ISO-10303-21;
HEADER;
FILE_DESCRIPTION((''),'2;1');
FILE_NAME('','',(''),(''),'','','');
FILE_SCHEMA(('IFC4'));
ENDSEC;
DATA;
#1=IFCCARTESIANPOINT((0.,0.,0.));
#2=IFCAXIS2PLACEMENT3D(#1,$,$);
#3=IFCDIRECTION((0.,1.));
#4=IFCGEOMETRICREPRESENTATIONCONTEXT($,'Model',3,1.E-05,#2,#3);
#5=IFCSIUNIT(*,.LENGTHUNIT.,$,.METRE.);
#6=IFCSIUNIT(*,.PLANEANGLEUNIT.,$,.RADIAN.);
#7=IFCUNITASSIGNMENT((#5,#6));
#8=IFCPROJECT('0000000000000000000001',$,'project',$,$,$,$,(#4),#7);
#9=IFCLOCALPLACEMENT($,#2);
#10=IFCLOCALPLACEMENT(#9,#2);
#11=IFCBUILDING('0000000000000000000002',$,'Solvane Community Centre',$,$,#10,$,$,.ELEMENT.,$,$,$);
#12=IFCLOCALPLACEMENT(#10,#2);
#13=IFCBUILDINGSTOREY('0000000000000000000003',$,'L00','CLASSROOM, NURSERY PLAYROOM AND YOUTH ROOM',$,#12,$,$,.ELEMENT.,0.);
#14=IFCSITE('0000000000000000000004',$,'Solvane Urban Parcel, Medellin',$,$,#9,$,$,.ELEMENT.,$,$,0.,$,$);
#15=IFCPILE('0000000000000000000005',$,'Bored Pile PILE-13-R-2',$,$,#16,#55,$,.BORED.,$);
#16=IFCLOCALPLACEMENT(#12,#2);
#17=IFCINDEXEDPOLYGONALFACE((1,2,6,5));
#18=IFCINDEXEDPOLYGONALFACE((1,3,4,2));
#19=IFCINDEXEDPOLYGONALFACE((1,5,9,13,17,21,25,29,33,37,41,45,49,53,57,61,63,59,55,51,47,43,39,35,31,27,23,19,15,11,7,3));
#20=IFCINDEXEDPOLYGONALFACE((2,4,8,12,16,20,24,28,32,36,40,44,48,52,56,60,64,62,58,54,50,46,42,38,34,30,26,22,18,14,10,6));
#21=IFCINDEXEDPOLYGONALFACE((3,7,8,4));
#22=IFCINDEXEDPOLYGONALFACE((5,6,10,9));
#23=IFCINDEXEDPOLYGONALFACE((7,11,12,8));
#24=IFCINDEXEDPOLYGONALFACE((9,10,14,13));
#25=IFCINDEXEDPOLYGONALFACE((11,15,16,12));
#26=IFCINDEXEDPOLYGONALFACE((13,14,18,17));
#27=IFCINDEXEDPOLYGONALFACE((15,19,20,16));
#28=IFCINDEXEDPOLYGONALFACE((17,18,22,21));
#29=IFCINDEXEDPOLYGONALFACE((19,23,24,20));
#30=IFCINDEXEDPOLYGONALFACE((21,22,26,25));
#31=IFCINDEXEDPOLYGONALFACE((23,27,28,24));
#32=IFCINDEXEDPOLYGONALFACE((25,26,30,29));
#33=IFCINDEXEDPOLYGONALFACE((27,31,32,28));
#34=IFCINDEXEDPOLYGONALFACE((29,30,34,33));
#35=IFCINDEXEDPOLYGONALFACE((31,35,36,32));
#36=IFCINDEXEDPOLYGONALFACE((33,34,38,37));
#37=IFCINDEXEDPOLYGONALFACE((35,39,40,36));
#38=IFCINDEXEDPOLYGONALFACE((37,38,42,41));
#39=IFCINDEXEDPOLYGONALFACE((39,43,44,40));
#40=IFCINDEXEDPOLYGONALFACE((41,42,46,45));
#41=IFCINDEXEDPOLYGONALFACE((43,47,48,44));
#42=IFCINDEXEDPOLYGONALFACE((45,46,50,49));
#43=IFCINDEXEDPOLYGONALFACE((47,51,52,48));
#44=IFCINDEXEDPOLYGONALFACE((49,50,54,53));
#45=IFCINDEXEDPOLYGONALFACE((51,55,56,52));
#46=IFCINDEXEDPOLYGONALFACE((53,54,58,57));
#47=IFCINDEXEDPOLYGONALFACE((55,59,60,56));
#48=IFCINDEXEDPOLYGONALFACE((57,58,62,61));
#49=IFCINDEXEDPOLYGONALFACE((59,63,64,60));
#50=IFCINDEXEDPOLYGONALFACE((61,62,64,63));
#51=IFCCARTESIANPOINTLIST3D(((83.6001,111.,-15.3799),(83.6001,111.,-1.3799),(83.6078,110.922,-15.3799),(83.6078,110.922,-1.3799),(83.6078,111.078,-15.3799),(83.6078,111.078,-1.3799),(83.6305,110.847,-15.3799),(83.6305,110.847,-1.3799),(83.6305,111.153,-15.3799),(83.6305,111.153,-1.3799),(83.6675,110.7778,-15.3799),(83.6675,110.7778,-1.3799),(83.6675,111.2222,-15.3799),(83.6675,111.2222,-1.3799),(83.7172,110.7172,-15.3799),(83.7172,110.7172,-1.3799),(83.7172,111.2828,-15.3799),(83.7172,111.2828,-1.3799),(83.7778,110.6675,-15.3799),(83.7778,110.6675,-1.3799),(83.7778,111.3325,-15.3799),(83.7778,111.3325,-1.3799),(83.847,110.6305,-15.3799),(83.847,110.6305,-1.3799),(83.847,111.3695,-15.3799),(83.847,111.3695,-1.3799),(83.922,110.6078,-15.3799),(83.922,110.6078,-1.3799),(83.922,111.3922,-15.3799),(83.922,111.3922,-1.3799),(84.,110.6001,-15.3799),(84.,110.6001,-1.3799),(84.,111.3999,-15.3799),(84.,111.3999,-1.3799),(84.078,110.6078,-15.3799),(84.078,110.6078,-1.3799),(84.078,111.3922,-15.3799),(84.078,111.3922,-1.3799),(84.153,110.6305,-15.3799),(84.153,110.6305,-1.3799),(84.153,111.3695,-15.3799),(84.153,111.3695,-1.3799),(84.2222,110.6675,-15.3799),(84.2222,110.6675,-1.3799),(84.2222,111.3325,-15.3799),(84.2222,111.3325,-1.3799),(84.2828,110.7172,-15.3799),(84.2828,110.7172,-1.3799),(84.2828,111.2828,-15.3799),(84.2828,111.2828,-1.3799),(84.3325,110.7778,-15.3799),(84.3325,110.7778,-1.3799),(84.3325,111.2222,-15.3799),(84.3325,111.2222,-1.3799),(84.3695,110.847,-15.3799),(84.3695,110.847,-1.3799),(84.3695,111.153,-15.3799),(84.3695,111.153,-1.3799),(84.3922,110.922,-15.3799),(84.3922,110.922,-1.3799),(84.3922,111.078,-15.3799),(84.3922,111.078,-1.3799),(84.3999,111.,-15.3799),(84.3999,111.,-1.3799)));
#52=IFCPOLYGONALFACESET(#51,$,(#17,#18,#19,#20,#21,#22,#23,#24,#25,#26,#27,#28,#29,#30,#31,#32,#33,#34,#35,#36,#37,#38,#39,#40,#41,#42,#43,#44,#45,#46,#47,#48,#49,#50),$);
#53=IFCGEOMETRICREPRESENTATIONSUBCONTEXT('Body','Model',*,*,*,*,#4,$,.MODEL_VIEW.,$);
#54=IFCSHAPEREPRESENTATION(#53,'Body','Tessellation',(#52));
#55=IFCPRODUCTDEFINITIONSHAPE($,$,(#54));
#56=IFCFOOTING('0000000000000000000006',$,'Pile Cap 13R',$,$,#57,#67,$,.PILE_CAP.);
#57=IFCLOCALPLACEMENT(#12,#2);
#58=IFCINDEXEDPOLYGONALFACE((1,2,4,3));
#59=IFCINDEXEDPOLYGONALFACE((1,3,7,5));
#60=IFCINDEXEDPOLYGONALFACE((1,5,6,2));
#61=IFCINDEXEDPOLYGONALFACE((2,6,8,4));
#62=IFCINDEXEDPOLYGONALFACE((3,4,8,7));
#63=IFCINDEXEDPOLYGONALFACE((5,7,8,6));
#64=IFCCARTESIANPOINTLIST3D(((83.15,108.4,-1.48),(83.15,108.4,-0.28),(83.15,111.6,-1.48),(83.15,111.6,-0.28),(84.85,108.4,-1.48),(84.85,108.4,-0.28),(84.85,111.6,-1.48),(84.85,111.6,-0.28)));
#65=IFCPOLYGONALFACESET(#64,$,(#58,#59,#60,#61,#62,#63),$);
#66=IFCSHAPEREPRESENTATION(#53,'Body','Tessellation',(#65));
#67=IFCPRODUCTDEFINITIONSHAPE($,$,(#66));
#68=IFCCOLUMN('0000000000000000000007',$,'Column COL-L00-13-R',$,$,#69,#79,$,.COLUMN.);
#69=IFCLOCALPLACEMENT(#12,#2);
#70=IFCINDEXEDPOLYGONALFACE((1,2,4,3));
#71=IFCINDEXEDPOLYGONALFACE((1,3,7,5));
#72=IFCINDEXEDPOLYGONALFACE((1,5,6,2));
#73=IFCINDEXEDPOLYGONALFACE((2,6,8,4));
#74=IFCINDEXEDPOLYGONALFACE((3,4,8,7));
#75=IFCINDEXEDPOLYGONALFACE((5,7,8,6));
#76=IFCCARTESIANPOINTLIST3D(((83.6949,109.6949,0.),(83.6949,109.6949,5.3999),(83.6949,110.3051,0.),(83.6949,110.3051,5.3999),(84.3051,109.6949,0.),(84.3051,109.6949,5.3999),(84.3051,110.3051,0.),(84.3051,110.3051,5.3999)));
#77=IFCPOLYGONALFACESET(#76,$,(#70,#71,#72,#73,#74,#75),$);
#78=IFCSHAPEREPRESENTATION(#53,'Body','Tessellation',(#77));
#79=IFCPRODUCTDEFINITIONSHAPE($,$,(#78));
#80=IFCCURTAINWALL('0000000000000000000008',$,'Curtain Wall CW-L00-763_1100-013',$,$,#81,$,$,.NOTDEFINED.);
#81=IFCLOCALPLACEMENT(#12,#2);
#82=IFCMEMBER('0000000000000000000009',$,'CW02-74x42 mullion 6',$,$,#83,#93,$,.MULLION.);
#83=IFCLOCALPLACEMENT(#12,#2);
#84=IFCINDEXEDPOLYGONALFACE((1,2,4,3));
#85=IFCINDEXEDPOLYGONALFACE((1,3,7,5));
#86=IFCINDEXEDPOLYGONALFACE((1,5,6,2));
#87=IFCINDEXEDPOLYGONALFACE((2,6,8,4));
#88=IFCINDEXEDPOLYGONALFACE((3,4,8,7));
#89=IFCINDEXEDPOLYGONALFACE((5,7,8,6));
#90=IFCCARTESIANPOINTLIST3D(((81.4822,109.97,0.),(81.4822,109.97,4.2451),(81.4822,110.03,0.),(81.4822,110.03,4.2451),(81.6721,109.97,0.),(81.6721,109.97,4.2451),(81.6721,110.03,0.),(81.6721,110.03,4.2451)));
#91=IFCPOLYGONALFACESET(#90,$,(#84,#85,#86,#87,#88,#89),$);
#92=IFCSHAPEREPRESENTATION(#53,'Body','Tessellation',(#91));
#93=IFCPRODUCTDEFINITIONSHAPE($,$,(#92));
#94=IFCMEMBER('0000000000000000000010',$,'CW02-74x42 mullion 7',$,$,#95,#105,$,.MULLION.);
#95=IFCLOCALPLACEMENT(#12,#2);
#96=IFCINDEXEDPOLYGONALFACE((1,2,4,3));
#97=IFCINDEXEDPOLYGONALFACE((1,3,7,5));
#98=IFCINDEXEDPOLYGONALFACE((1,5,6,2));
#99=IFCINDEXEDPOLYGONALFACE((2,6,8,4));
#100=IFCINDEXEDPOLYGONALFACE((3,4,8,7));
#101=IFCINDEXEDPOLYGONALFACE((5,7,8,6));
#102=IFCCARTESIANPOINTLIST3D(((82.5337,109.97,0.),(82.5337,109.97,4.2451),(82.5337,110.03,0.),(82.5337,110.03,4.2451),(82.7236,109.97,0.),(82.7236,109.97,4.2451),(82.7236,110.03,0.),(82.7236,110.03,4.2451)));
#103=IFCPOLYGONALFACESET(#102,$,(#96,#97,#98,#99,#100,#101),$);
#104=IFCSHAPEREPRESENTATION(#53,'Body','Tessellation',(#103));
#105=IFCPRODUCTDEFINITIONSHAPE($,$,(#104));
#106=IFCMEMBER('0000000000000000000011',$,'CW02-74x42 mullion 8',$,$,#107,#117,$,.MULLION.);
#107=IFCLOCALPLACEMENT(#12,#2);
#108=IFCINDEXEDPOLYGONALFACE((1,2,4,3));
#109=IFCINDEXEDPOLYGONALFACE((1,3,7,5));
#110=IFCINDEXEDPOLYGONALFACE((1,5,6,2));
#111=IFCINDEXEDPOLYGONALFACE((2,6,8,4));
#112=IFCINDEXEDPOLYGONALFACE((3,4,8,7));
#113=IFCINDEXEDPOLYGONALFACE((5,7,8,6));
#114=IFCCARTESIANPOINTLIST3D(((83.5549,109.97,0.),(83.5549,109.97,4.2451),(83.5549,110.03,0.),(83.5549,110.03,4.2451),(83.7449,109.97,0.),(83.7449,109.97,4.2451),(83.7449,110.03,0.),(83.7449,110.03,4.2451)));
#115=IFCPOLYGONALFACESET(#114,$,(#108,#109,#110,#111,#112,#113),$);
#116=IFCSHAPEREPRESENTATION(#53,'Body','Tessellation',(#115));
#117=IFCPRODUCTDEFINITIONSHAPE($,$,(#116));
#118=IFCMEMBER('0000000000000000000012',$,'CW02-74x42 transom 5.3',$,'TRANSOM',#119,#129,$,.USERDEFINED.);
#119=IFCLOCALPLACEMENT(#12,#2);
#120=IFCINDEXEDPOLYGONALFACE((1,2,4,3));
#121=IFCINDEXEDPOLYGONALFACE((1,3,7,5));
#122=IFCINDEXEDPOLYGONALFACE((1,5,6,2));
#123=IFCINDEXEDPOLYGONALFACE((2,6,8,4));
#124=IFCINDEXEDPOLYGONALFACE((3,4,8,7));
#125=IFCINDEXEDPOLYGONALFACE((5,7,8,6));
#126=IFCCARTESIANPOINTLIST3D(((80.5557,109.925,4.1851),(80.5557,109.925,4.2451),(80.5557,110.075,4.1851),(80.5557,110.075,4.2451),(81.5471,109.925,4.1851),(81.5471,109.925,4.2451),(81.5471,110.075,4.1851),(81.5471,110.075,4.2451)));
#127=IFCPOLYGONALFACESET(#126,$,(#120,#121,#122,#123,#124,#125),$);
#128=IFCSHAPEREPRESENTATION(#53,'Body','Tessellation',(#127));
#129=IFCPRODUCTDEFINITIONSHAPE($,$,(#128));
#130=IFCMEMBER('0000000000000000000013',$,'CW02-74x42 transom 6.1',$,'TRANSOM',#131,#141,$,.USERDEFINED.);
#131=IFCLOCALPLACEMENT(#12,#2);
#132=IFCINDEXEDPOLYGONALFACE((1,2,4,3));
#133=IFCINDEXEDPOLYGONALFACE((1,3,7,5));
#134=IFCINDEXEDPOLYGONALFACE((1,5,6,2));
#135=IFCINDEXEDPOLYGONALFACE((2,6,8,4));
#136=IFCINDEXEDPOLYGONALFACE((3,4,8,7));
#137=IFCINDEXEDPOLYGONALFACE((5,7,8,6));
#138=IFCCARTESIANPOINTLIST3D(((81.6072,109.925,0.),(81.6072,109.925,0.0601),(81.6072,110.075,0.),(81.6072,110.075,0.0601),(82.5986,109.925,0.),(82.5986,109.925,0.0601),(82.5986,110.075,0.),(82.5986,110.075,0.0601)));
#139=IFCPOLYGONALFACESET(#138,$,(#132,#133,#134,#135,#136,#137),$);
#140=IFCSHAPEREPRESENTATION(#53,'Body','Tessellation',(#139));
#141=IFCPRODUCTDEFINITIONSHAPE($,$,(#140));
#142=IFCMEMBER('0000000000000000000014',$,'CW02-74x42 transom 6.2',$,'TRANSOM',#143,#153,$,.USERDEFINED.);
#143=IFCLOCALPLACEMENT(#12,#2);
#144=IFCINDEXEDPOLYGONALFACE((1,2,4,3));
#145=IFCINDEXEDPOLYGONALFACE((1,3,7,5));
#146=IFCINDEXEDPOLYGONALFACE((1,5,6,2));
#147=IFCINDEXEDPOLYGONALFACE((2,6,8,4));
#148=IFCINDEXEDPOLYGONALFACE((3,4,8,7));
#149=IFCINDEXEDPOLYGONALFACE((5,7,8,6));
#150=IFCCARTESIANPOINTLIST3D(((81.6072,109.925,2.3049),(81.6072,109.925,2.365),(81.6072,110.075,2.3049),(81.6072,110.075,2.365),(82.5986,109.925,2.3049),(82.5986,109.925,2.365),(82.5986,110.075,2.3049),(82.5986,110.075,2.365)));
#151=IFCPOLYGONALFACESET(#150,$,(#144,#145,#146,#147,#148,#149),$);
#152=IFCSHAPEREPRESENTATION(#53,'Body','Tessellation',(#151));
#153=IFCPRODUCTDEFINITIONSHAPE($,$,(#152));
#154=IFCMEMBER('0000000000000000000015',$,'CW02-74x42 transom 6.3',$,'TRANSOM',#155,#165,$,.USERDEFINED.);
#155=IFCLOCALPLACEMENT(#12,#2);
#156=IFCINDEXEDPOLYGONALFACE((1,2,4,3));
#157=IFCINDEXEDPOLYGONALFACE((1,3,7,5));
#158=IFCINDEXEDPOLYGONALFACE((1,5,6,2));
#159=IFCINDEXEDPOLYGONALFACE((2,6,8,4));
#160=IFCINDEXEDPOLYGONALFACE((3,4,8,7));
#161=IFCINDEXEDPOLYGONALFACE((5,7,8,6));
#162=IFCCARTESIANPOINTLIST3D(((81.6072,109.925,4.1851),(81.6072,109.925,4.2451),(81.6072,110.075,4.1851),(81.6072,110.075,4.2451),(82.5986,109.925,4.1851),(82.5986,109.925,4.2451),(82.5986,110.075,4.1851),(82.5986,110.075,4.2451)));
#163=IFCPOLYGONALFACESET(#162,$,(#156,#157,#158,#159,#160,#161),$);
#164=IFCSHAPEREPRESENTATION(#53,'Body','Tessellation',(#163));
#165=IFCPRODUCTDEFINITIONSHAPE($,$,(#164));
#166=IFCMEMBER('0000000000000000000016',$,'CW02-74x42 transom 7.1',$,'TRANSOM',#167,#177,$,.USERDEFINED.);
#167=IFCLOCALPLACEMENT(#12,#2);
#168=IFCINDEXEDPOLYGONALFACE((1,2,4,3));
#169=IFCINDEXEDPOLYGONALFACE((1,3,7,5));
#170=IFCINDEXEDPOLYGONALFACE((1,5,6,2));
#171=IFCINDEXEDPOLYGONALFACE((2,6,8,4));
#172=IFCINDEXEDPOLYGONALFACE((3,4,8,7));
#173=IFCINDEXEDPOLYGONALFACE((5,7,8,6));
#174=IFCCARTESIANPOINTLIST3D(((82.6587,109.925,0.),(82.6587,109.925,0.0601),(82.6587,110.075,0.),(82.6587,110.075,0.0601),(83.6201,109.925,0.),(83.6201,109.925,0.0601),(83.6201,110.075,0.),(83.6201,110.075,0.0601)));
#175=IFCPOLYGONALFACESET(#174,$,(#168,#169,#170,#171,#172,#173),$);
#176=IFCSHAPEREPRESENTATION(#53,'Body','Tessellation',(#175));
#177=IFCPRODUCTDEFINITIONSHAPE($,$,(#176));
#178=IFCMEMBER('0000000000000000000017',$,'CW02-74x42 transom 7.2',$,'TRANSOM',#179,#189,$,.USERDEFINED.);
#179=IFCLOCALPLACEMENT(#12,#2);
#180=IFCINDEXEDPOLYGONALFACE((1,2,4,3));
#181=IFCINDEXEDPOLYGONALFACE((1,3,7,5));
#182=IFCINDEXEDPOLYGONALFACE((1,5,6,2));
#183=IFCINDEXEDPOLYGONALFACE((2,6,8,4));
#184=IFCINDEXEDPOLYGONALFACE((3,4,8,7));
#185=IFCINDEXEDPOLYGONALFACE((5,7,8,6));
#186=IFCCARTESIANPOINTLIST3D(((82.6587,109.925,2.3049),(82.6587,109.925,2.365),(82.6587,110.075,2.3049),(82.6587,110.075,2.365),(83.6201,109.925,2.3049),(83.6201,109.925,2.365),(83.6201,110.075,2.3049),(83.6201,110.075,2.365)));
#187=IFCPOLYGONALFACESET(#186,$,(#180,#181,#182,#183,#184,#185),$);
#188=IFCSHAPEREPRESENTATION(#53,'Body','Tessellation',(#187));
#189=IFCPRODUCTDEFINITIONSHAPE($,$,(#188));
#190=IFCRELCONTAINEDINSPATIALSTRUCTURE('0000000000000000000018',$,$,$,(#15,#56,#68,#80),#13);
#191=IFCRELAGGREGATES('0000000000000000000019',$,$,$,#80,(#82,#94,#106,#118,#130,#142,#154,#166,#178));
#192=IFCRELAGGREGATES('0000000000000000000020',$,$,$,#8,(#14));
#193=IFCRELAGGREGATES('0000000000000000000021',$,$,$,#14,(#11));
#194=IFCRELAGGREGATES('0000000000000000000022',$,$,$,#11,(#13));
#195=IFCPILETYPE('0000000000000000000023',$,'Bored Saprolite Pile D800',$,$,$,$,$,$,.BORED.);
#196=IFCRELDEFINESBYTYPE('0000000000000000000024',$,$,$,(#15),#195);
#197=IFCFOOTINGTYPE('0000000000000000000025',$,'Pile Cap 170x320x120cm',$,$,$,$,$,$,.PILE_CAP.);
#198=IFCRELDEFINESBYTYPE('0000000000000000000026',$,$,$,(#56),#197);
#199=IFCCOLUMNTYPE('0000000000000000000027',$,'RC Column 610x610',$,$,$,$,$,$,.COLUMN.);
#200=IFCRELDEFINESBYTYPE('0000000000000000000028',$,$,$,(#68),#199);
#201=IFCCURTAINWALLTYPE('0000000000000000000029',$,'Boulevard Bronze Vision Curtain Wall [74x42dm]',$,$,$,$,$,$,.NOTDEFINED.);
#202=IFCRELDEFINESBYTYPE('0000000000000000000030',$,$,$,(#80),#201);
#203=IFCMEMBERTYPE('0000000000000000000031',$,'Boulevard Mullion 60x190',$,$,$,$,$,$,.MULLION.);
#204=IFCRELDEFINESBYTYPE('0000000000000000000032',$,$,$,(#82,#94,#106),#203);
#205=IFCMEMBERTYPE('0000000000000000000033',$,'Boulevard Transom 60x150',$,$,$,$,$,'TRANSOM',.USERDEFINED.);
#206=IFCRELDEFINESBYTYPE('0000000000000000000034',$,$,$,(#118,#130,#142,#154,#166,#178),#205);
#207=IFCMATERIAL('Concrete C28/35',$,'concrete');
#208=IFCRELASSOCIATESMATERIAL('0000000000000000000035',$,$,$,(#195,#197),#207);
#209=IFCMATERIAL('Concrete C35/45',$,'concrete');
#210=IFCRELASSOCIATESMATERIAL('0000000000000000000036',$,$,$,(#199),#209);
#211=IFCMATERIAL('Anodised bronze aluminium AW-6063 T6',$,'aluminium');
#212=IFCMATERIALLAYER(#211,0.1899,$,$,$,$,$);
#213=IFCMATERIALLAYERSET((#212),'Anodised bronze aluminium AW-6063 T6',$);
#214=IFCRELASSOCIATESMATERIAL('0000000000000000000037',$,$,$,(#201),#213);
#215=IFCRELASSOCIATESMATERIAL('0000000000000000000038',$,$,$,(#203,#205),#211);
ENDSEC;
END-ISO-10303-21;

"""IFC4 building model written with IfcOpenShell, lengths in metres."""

from ifc_helpers import new_model, si_unit, direction, frame, origin, origin_2d, place, context, subcontext, project, spatial, rectangle, circle, extrude, material, layer, layer_set, material_profile, profile_set, type_object, element, aggregate, save


model = new_model("IFC4")

# Units and contexts
model_context = context("Model", 3, precision=1e-05, world=origin(), true_north=direction((0.0, 1.0)))
body_context = subcontext(model_context, "Body", "Model", "MODEL_VIEW")
ifc_project = project(units=[si_unit("LENGTHUNIT", "METRE"), si_unit("PLANEANGLEUNIT", "RADIAN")], contexts=[model_context])

# Site, building, storey
site_placement = place(None, origin())
site = spatial("IfcSite", under=ifc_project, at=site_placement, Name="Solvane Urban Parcel, Medellin", CompositionType="ELEMENT", RefElevation=0.0)
building_placement = place(site_placement, origin())
building = spatial("IfcBuilding", under=site, at=building_placement, Name="Solvane Community Centre", CompositionType="ELEMENT")
storey_placement = place(building_placement, origin())
storey = spatial("IfcBuildingStorey", under=building, at=storey_placement, Name="L00", Description="CLASSROOM, NURSERY PLAYROOM AND YOUTH ROOM", CompositionType="ELEMENT", Elevation=0.0)

# Pile
ifc_material_1 = material(Name="Concrete C28/35", Category="concrete")
ifc_material_profile_1 = material_profile(ifc_material_1, circle(Radius=0.3999, at=origin_2d()), Name="PILE D800")
ifc_profile_set_1 = profile_set([ifc_material_profile_1], Name="Concrete C28/35")
pile_type = type_object("IfcPileType", Name="Bored Saprolite Pile D800", PredefinedType="BORED", material=ifc_profile_set_1)
pile_placement = place(storey_placement, frame((84.0, 111.0, -1.3799), z_axis=(0.0, 0.0, -1.0), x_axis=(1.0, 0.0, 0.0)))
element("IfcPile", 1, at=pile_placement, inside=storey, type_object=pile_type, Name="Bored Pile PILE-13-R-2", PredefinedType="BORED", context=body_context, shape_type="SweptSolid", body=[
    extrude(circle(Radius=0.3999, at=origin_2d()), origin(), (0.0, 0.0, 1.0), 14.0),
])

# Footing
footing_type = type_object("IfcFootingType", Name="Pile Cap 170x320x120cm", PredefinedType="PILE_CAP", material=ifc_material_1)
footing_placement = place(storey_placement, frame((84.0, 110.0, -1.48), z_axis=(0.0, 0.0, 1.0), x_axis=(1.0, 0.0, 0.0)))
element("IfcFooting", 2, at=footing_placement, inside=storey, type_object=footing_type, Name="Pile Cap 13R", PredefinedType="PILE_CAP", context=body_context, shape_type="SweptSolid", body=[
    extrude(rectangle(XDim=1.7, YDim=3.2, at=origin_2d()), origin(), (0.0, 0.0, 1.0), 1.2),
])

# Column
ifc_material_2 = material(Name="Concrete C35/45", Category="concrete")
ifc_material_profile_2 = material_profile(ifc_material_2, rectangle(XDim=0.6101, YDim=0.6101, at=origin_2d()), Name="RC 610x610")
ifc_profile_set_2 = profile_set([ifc_material_profile_2], Name="Concrete C35/45")
column_type = type_object("IfcColumnType", Name="RC Column 610x610", PredefinedType="COLUMN", material=ifc_profile_set_2)
column_placement = place(storey_placement, frame((84.0, 110.0, 0.0), z_axis=(0.0, 0.0, 1.0), x_axis=(1.0, 0.0, 0.0)))
element("IfcColumn", 3, at=column_placement, inside=storey, type_object=column_type, Name="Column COL-L00-13-R", PredefinedType="COLUMN", context=body_context, shape_type="SweptSolid", body=[
    extrude(rectangle(XDim=0.6101, YDim=0.6101, at=origin_2d()), origin(), (0.0, 0.0, 1.0), 5.3999),
])

# Curtain wall, members
ifc_material_3 = material(Name="Anodised bronze aluminium AW-6063 T6", Category="aluminium")
ifc_layer_1 = layer(ifc_material_3, 0.1899)
ifc_layer_set_1 = layer_set([ifc_layer_1], Name="Anodised bronze aluminium AW-6063 T6")
curtain_wall_type = type_object("IfcCurtainWallType", Name="Boulevard Bronze Vision Curtain Wall [74x42dm]", PredefinedType="NOTDEFINED", material=ifc_layer_set_1)
curtain_wall_placement = place(storey_placement, origin())
curtain_wall = element("IfcCurtainWall", 4, at=curtain_wall_placement, inside=storey, type_object=curtain_wall_type, Name="Curtain Wall CW-L00-763_1100-013", PredefinedType="NOTDEFINED")
ifc_material_profile_3 = material_profile(ifc_material_3, rectangle(XDim=0.0601, YDim=0.1899, at=origin_2d()), Name="CW-M 60x190")
ifc_profile_set_3 = profile_set([ifc_material_profile_3], Name="Anodised bronze aluminium AW-6063 T6")
member_type_1 = type_object("IfcMemberType", Name="Boulevard Mullion 60x190", PredefinedType="MULLION", material=ifc_profile_set_3)
member_1_placement = place(storey_placement, frame((81.5771, 110.0, 0.0), z_axis=(0.0, 0.0, 1.0), x_axis=(0.0, 1.0, 0.0)))
member_1 = element("IfcMember", 5, at=member_1_placement, type_object=member_type_1, Name="CW02-74x42 mullion 6", PredefinedType="MULLION", context=body_context, shape_type="SweptSolid", body=[
    extrude(rectangle(XDim=0.0601, YDim=0.1899, at=origin_2d()), origin(), (0.0, 0.0, 1.0), 4.2451),
])
member_2_placement = place(storey_placement, frame((82.6287, 110.0, 0.0), z_axis=(0.0, 0.0, 1.0), x_axis=(0.0, 1.0, 0.0)))
member_2 = element("IfcMember", 6, at=member_2_placement, type_object=member_type_1, Name="CW02-74x42 mullion 7", PredefinedType="MULLION", context=body_context, shape_type="SweptSolid", body=[
    extrude(rectangle(XDim=0.0601, YDim=0.1899, at=origin_2d()), origin(), (0.0, 0.0, 1.0), 4.2451),
])
member_3_placement = place(storey_placement, frame((83.6499, 110.0, 0.0), z_axis=(0.0, 0.0, 1.0), x_axis=(0.0, 1.0, 0.0)))
member_3 = element("IfcMember", 7, at=member_3_placement, type_object=member_type_1, Name="CW02-74x42 mullion 8", PredefinedType="MULLION", context=body_context, shape_type="SweptSolid", body=[
    extrude(rectangle(XDim=0.0601, YDim=0.1899, at=origin_2d()), origin(), (0.0, 0.0, 1.0), 4.2451),
])
ifc_material_profile_4 = material_profile(ifc_material_3, rectangle(XDim=0.1499, YDim=0.0601, at=origin_2d()), Name="CW-T 60x150")
ifc_profile_set_4 = profile_set([ifc_material_profile_4], Name="Anodised bronze aluminium AW-6063 T6")
member_type_2 = type_object("IfcMemberType", Name="Boulevard Transom 60x150", ElementType="TRANSOM", PredefinedType="USERDEFINED", material=ifc_profile_set_4)
member_4_placement = place(storey_placement, frame((80.5557, 110.0, 4.2151), z_axis=(1.0, 0.0, 0.0), x_axis=(0.0, 1.0, 0.0)))
member_4 = element("IfcMember", 8, at=member_4_placement, type_object=member_type_2, Name="CW02-74x42 transom 5.3", ObjectType="TRANSOM", PredefinedType="USERDEFINED", context=body_context, shape_type="SweptSolid", body=[
    extrude(rectangle(XDim=0.1499, YDim=0.0601, at=origin_2d()), origin(), (0.0, 0.0, 1.0), 0.9915),
])
member_5_placement = place(storey_placement, frame((81.6072, 110.0, 0.03), z_axis=(1.0, 0.0, 0.0), x_axis=(0.0, 1.0, 0.0)))
member_5 = element("IfcMember", 9, at=member_5_placement, type_object=member_type_2, Name="CW02-74x42 transom 6.1", ObjectType="TRANSOM", PredefinedType="USERDEFINED", context=body_context, shape_type="SweptSolid", body=[
    extrude(rectangle(XDim=0.1499, YDim=0.0601, at=origin_2d()), origin(), (0.0, 0.0, 1.0), 0.9915),
])
member_6_placement = place(storey_placement, frame((81.6072, 110.0, 2.335), z_axis=(1.0, 0.0, 0.0), x_axis=(0.0, 1.0, 0.0)))
member_6 = element("IfcMember", 10, at=member_6_placement, type_object=member_type_2, Name="CW02-74x42 transom 6.2", ObjectType="TRANSOM", PredefinedType="USERDEFINED", context=body_context, shape_type="SweptSolid", body=[
    extrude(rectangle(XDim=0.1499, YDim=0.0601, at=origin_2d()), origin(), (0.0, 0.0, 1.0), 0.9915),
])
member_7_placement = place(storey_placement, frame((81.6072, 110.0, 4.2151), z_axis=(1.0, 0.0, 0.0), x_axis=(0.0, 1.0, 0.0)))
member_7 = element("IfcMember", 11, at=member_7_placement, type_object=member_type_2, Name="CW02-74x42 transom 6.3", ObjectType="TRANSOM", PredefinedType="USERDEFINED", context=body_context, shape_type="SweptSolid", body=[
    extrude(rectangle(XDim=0.1499, YDim=0.0601, at=origin_2d()), origin(), (0.0, 0.0, 1.0), 0.9915),
])
member_8_placement = place(storey_placement, frame((82.6587, 110.0, 0.03), z_axis=(1.0, 0.0, 0.0), x_axis=(0.0, 1.0, 0.0)))
member_8 = element("IfcMember", 12, at=member_8_placement, type_object=member_type_2, Name="CW02-74x42 transom 7.1", ObjectType="TRANSOM", PredefinedType="USERDEFINED", context=body_context, shape_type="SweptSolid", body=[
    extrude(rectangle(XDim=0.1499, YDim=0.0601, at=origin_2d()), origin(), (0.0, 0.0, 1.0), 0.9614),
])
member_9_placement = place(storey_placement, frame((82.6587, 110.0, 2.335), z_axis=(1.0, 0.0, 0.0), x_axis=(0.0, 1.0, 0.0)))
member_9 = element("IfcMember", 13, at=member_9_placement, type_object=member_type_2, Name="CW02-74x42 transom 7.2", ObjectType="TRANSOM", PredefinedType="USERDEFINED", context=body_context, shape_type="SweptSolid", body=[
    extrude(rectangle(XDim=0.1499, YDim=0.0601, at=origin_2d()), origin(), (0.0, 0.0, 1.0), 0.9614),
])
aggregate(curtain_wall, [member_1, member_2, member_3, member_4, member_5, member_6, member_7, member_8, member_9])

save(model, "model.ifc")
